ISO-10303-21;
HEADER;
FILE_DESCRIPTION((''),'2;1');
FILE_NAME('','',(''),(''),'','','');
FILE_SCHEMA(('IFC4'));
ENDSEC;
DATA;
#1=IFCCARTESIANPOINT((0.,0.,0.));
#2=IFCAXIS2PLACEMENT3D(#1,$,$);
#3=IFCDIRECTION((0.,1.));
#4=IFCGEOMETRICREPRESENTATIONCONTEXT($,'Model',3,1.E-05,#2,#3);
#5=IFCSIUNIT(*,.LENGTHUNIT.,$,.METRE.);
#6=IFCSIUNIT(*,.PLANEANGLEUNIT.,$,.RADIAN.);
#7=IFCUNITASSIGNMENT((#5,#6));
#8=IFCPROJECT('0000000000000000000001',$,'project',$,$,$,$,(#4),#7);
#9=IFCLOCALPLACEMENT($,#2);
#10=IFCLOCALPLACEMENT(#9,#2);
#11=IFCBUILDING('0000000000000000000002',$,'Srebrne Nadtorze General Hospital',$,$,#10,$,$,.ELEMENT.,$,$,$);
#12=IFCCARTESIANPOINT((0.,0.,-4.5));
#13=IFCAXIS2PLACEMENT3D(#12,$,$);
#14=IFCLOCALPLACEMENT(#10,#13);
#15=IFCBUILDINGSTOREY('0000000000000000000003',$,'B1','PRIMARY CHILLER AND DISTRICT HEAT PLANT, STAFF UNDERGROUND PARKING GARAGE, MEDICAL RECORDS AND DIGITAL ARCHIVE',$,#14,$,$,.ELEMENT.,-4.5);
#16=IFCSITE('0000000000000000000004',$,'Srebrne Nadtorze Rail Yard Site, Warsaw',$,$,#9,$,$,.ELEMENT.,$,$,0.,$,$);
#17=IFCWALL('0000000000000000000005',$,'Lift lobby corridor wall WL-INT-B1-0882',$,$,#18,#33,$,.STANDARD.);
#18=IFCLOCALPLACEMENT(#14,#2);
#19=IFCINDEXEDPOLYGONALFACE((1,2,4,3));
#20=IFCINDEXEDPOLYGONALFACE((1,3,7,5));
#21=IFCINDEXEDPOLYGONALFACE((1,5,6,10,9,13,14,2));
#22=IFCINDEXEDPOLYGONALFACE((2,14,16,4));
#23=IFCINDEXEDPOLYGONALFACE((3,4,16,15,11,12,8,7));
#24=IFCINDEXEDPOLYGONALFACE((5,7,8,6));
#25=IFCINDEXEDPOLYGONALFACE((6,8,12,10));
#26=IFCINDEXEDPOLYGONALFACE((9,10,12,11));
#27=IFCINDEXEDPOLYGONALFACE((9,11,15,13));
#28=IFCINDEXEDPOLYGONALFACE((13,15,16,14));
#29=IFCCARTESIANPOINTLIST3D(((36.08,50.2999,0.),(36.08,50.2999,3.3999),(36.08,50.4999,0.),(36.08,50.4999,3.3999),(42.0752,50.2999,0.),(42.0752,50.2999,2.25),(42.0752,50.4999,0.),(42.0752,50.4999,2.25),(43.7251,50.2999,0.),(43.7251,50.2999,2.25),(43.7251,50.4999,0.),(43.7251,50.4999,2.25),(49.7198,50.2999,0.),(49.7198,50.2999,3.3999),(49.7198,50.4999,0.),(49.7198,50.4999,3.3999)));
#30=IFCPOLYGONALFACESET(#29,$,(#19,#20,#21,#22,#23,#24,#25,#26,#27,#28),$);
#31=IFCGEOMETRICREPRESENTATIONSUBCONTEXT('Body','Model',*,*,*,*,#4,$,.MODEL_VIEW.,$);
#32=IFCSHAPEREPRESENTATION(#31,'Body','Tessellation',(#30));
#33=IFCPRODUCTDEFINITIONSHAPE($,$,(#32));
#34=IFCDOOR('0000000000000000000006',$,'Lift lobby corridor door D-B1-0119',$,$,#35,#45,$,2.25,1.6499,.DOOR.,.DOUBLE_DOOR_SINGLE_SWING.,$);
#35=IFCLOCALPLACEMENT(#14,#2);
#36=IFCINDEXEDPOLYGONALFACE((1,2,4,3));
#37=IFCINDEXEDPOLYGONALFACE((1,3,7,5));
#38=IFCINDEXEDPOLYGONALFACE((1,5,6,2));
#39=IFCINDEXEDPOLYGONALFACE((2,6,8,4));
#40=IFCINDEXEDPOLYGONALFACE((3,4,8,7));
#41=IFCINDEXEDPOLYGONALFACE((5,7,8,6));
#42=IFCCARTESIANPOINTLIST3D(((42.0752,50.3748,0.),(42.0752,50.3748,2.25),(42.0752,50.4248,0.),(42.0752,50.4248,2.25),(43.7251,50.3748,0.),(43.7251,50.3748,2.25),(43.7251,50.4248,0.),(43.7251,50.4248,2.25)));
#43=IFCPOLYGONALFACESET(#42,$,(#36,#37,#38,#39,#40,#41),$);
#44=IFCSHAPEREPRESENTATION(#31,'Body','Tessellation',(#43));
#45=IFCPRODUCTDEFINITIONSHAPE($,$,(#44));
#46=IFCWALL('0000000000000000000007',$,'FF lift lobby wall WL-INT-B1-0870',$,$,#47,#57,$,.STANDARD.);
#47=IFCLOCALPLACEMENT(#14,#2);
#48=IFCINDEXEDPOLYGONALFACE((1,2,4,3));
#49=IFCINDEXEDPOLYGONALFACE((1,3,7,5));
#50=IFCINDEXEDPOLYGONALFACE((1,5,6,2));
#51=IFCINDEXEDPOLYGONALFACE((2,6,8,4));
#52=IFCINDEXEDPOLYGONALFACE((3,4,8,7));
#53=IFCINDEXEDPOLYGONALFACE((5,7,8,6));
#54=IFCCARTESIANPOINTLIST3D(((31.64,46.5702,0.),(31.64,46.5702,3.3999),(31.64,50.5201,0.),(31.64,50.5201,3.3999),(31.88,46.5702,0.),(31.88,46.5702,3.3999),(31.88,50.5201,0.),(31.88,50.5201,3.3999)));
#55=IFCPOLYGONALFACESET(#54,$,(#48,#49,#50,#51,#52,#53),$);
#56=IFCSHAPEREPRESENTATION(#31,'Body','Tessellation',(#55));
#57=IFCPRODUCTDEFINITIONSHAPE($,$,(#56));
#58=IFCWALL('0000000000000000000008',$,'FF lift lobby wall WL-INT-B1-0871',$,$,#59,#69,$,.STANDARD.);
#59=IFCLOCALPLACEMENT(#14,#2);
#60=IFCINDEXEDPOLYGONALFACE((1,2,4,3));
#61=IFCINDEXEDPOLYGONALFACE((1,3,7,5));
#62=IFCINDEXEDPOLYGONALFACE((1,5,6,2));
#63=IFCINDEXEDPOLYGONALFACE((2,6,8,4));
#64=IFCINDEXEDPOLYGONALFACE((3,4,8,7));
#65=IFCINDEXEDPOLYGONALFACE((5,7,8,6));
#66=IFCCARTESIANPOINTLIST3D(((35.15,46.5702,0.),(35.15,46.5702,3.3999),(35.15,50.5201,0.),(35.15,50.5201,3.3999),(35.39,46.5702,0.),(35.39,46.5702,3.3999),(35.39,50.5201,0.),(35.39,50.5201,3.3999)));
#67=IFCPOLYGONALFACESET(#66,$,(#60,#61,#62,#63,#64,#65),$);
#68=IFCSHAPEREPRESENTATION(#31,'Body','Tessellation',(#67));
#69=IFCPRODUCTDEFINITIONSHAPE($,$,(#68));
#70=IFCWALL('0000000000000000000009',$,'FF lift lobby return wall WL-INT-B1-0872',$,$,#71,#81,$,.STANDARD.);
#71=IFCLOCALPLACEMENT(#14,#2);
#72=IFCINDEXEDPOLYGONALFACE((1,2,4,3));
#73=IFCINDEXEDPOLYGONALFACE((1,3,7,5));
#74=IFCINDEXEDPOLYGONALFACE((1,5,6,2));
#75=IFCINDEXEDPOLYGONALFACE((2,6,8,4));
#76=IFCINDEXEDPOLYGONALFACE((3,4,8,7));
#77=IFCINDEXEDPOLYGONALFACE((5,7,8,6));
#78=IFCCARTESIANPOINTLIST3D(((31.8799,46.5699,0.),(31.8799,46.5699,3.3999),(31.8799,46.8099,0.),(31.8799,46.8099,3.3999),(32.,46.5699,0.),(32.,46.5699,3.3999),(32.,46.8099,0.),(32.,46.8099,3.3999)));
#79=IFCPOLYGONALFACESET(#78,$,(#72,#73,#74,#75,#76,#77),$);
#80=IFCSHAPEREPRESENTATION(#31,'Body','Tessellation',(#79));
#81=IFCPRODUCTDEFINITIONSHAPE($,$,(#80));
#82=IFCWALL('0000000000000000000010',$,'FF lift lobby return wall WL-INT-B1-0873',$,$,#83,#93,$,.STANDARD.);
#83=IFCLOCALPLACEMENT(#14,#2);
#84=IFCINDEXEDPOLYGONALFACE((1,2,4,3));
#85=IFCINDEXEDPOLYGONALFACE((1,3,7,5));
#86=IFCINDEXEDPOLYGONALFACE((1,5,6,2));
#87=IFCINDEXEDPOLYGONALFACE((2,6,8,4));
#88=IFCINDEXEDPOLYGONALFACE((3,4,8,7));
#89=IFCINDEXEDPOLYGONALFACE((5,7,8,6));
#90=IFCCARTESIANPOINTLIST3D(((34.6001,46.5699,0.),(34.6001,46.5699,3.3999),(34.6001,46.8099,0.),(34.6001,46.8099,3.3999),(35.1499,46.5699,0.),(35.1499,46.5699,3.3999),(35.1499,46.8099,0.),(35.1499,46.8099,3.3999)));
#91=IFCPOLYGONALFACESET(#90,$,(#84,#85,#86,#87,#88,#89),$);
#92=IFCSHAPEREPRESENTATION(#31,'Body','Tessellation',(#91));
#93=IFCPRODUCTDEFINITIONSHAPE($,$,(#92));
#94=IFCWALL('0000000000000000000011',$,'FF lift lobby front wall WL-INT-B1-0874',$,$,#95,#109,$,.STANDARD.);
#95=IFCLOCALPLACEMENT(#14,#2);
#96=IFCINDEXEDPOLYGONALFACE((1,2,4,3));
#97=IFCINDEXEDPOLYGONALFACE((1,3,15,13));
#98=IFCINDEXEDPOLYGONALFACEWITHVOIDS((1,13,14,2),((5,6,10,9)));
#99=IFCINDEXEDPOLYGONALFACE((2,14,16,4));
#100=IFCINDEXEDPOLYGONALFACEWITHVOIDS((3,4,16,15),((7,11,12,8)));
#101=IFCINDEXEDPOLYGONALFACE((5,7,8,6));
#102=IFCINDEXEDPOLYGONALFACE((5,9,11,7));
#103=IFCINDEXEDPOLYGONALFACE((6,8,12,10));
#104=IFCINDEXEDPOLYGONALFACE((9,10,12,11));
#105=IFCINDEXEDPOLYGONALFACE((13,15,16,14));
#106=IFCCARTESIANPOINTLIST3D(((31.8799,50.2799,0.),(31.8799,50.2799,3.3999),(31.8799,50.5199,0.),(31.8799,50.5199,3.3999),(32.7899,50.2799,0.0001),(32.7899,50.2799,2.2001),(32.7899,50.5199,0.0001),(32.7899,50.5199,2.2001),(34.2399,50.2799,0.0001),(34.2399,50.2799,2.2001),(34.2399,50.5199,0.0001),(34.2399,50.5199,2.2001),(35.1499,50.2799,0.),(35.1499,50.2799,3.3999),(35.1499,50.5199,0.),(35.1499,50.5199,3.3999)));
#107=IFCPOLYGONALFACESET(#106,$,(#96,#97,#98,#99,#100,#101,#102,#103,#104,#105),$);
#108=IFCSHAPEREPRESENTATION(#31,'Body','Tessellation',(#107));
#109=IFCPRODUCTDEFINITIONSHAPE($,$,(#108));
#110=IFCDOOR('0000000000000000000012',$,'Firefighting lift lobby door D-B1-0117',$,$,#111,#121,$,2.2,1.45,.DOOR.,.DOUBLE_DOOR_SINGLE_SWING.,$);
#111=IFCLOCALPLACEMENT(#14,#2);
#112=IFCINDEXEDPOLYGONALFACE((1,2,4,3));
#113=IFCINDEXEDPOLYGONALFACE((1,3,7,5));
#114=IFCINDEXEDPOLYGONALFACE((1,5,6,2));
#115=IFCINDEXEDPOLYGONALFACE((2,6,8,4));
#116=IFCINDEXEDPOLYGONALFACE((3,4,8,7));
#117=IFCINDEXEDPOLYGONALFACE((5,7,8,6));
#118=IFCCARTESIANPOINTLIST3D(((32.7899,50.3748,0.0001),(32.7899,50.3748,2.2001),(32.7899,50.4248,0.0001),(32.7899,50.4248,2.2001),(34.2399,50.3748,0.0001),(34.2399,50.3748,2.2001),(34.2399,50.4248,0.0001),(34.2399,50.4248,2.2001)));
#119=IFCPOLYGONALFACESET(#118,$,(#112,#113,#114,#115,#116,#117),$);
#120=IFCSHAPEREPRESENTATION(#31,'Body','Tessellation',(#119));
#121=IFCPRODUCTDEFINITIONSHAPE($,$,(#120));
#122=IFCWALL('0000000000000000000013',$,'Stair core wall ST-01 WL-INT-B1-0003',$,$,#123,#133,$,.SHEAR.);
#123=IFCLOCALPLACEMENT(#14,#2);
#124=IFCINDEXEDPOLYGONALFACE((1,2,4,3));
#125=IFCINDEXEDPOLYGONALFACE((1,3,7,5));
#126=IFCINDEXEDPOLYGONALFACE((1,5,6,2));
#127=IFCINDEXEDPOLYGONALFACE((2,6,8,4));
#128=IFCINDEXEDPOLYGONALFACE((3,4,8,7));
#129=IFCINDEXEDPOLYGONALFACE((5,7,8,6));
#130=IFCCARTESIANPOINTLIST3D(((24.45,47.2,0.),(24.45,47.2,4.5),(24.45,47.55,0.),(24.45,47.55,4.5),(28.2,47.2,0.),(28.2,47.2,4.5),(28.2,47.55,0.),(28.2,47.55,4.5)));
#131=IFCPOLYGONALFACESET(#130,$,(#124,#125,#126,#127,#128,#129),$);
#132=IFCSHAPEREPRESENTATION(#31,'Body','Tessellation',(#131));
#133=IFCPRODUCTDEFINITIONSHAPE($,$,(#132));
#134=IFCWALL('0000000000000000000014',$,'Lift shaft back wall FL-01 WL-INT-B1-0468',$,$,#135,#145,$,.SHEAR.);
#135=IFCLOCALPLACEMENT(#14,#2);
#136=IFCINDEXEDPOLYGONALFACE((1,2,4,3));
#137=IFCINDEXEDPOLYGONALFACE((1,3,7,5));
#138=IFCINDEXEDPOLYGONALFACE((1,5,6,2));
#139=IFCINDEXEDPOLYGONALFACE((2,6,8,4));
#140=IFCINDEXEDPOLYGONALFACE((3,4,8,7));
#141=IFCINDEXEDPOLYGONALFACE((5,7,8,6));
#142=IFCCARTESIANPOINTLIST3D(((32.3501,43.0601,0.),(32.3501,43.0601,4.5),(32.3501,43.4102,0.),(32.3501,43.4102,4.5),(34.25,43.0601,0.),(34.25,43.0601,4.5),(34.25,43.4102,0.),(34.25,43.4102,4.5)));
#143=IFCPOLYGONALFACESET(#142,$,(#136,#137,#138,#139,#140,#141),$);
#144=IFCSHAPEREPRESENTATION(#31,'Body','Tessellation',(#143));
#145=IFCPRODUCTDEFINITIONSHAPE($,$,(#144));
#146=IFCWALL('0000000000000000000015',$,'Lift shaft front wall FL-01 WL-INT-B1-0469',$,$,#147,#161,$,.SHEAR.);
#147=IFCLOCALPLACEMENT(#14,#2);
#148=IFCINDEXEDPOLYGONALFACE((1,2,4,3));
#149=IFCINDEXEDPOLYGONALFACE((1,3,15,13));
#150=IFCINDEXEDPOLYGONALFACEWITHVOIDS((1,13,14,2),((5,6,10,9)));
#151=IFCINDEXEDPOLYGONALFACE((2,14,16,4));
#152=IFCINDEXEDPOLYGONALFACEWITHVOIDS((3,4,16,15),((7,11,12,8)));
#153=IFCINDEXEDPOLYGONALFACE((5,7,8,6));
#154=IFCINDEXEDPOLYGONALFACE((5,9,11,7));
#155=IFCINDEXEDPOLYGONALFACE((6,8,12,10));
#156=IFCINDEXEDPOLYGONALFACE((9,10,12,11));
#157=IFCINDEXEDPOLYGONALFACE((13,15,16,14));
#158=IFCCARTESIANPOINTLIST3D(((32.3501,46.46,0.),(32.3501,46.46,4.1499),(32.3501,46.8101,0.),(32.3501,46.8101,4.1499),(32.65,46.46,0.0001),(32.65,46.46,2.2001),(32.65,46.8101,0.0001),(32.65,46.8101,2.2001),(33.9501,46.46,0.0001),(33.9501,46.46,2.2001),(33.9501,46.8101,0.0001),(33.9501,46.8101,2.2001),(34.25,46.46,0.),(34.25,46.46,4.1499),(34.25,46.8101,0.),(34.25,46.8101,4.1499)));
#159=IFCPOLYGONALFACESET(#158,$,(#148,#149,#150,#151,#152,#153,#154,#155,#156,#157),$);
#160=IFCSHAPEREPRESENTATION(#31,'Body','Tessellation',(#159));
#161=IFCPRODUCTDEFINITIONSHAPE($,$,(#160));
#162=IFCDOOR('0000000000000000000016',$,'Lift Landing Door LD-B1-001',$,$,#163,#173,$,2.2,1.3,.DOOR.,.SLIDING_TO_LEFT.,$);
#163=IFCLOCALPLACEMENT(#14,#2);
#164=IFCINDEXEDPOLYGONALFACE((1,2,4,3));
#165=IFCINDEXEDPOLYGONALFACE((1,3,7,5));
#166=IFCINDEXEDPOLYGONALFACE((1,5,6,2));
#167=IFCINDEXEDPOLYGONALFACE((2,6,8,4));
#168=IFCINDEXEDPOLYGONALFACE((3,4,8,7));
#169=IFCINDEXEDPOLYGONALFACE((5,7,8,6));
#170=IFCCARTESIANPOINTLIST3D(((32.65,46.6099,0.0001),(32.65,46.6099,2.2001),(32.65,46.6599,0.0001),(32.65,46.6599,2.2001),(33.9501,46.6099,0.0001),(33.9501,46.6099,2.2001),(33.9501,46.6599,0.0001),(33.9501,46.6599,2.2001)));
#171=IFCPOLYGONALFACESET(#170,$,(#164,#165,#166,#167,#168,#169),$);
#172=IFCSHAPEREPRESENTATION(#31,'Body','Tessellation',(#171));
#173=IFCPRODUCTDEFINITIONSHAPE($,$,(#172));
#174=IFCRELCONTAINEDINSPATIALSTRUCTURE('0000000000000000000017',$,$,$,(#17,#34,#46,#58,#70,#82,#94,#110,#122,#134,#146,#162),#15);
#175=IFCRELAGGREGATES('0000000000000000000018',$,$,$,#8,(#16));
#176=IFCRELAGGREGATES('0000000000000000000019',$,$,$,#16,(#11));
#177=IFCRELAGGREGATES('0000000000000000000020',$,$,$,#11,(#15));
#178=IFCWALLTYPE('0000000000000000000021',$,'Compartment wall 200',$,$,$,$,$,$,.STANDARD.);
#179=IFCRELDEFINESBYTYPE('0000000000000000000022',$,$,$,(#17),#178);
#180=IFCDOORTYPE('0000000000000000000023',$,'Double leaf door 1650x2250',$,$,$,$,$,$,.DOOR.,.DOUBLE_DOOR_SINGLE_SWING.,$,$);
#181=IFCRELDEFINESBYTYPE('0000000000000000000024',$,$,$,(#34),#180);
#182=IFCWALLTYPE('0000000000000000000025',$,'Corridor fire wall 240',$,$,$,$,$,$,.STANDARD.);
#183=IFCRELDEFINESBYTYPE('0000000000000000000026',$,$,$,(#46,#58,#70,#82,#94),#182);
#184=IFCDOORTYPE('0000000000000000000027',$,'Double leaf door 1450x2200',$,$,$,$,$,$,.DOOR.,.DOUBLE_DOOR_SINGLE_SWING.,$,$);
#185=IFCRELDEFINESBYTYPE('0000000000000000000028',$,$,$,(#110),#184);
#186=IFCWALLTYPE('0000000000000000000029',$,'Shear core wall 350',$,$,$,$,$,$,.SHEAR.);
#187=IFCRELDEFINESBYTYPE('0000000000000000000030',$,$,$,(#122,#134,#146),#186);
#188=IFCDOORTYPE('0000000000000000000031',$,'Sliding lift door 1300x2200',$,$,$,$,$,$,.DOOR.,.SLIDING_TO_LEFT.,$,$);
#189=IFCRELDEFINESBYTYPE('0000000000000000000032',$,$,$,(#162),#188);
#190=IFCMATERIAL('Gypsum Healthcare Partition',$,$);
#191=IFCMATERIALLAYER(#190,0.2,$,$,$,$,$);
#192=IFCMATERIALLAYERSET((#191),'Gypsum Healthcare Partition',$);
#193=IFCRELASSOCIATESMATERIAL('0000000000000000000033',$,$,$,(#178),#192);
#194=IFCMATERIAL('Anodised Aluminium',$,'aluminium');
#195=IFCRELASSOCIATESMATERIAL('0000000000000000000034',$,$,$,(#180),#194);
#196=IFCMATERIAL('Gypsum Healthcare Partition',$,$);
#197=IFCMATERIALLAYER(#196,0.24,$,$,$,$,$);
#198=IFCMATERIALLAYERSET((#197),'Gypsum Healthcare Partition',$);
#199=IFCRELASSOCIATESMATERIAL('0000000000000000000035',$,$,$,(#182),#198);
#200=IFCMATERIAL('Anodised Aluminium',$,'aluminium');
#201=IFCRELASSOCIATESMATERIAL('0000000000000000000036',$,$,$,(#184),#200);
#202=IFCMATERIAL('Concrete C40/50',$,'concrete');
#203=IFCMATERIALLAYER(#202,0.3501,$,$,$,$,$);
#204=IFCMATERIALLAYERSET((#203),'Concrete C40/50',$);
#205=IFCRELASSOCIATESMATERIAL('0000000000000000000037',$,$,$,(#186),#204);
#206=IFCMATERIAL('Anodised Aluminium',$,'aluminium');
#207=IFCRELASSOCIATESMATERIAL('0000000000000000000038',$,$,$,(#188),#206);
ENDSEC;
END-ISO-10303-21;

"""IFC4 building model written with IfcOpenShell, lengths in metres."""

from ifc_helpers import new_model, si_unit, direction, frame, frame_2d, origin, place, context, subcontext, project, spatial, rectangle, extrude, material, layer, layer_set, type_object, element, fill, save


model = new_model("IFC4")

# Units and contexts
model_context = context("Model", 3, precision=1e-05, world=origin(), true_north=direction((0.0, 1.0)))
body_context = subcontext(model_context, "Body", "Model", "MODEL_VIEW")
ifc_project = project(units=[si_unit("LENGTHUNIT", "METRE"), si_unit("PLANEANGLEUNIT", "RADIAN")], contexts=[model_context])

# Site, building, storey
site_placement = place(None, origin())
site = spatial("IfcSite", under=ifc_project, at=site_placement, Name="Srebrne Nadtorze Rail Yard Site, Warsaw", CompositionType="ELEMENT", RefElevation=0.0)
building_placement = place(site_placement, origin())
building = spatial("IfcBuilding", under=site, at=building_placement, Name="Srebrne Nadtorze General Hospital", CompositionType="ELEMENT")
storey_placement = place(building_placement, frame((0.0, 0.0, -4.5)))
storey = spatial("IfcBuildingStorey", under=building, at=storey_placement, Name="B1", Description="PRIMARY CHILLER AND DISTRICT HEAT PLANT, STAFF UNDERGROUND PARKING GARAGE, MEDICAL RECORDS AND DIGITAL ARCHIVE", CompositionType="ELEMENT", Elevation=-4.5)

# Shared definitions
ifc_material_1 = material(Name="Gypsum Healthcare Partition")
ifc_layer_1 = layer(ifc_material_1, 0.2)
ifc_layer_set_1 = layer_set([ifc_layer_1], Name="Gypsum Healthcare Partition")
wall_type_1 = type_object("IfcWallType", Name="Compartment wall 200", PredefinedType="STANDARD", material=ifc_layer_set_1)

# Wall, opening, door
wall_1_placement = place(storey_placement, frame((36.0801, 50.3999, 0.0), z_axis=(0.0, 0.0, 1.0), x_axis=(1.0, 0.0, 0.0)))
wall_1 = element("IfcWall", 1, at=wall_1_placement, inside=storey, type_object=wall_type_1, Name="Lift lobby corridor wall WL-INT-B1-0882", PredefinedType="STANDARD", context=body_context, shape_type="SweptSolid", body=[
    extrude(rectangle(XDim=13.6399, YDim=0.2, at=frame_2d((6.8198, 0.0))), origin(), (0.0, 0.0, 1.0), 3.3999),
])
opening_1_placement = place(wall_1_placement, frame((5.9951, 0.0, 0.0)))
opening_1 = element("IfcOpeningElement", 2, at=opening_1_placement, cuts=wall_1, PredefinedType="OPENING", context=body_context, shape_type="SweptSolid", body=[
    extrude(rectangle(XDim=1.6499, YDim=2.25, at=frame_2d((0.825, 1.125))), frame((0.0, 0.1118, 0.0), z_axis=(0.0, -1.0, 0.0), x_axis=(1.0, 0.0, 0.0)), (0.0, 0.0, 1.0), 0.2239),
])
ifc_material_2 = material(Name="Anodised Aluminium", Category="aluminium")
door_type_1 = type_object("IfcDoorType", Name="Double leaf door 1650x2250", OperationType="DOUBLE_DOOR_SINGLE_SWING", PredefinedType="DOOR", material=ifc_material_2)
door_1_placement = place(opening_1_placement, origin())
door_1 = element("IfcDoor", 3, at=door_1_placement, inside=storey, type_object=door_type_1, Name="Lift lobby corridor door D-B1-0119", OperationType="DOUBLE_DOOR_SINGLE_SWING", OverallHeight=2.25, OverallWidth=1.6499, PredefinedType="DOOR", context=body_context, shape_type="SweptSolid", body=[
    extrude(rectangle(XDim=1.6499, YDim=2.25, at=frame_2d((0.825, 1.125))), frame((0.0, 0.0249, 0.0), z_axis=(0.0, -1.0, 0.0), x_axis=(1.0, 0.0, 0.0)), (0.0, 0.0, 1.0), 0.05),
])
fill(opening_1, door_1)

# Walls
ifc_material_3 = material(Name="Gypsum Healthcare Partition")
ifc_layer_2 = layer(ifc_material_3, 0.24)
ifc_layer_set_2 = layer_set([ifc_layer_2], Name="Gypsum Healthcare Partition")
wall_type_2 = type_object("IfcWallType", Name="Corridor fire wall 240", PredefinedType="STANDARD", material=ifc_layer_set_2)
for number, where, z_axis, x_axis, name in (
    (4, (31.76, 46.5701, 0.0), (0.0, 0.0, 1.0), (0.0, 1.0, 0.0), "FF lift lobby wall WL-INT-B1-0870"),
    (5, (35.27, 46.5701, 0.0), (0.0, 0.0, 1.0), (0.0, 1.0, 0.0), "FF lift lobby wall WL-INT-B1-0871"),
):
    element("IfcWall", number, at=place(storey_placement, frame(where, z_axis=z_axis, x_axis=x_axis)), inside=storey, type_object=wall_type_2, Name=name, PredefinedType="STANDARD", context=body_context, shape_type="SweptSolid", body=[
        extrude(rectangle(XDim=3.95, YDim=0.24, at=frame_2d((1.9751, 0.0))), origin(), (0.0, 0.0, 1.0), 3.3999),
    ])
wall_2_placement = place(storey_placement, frame((31.8799, 46.6899, 0.0), z_axis=(0.0, 0.0, 1.0), x_axis=(1.0, 0.0, 0.0)))
element("IfcWall", 6, at=wall_2_placement, inside=storey, type_object=wall_type_2, Name="FF lift lobby return wall WL-INT-B1-0872", PredefinedType="STANDARD", context=body_context, shape_type="SweptSolid", body=[
    extrude(rectangle(XDim=0.1201, YDim=0.24, at=frame_2d((0.0601, 0.0))), origin(), (0.0, 0.0, 1.0), 3.3999),
])
wall_3_placement = place(storey_placement, frame((34.6001, 46.6899, 0.0), z_axis=(0.0, 0.0, 1.0), x_axis=(1.0, 0.0, 0.0)))
element("IfcWall", 7, at=wall_3_placement, inside=storey, type_object=wall_type_2, Name="FF lift lobby return wall WL-INT-B1-0873", PredefinedType="STANDARD", context=body_context, shape_type="SweptSolid", body=[
    extrude(rectangle(XDim=0.5498, YDim=0.24, at=frame_2d((0.2749, 0.0))), origin(), (0.0, 0.0, 1.0), 3.3999),
])

# Wall, opening, door
wall_4_placement = place(storey_placement, frame((31.8799, 50.3999, 0.0), z_axis=(0.0, 0.0, 1.0), x_axis=(1.0, 0.0, 0.0)))
wall_4 = element("IfcWall", 8, at=wall_4_placement, inside=storey, type_object=wall_type_2, Name="FF lift lobby front wall WL-INT-B1-0874", PredefinedType="STANDARD", context=body_context, shape_type="SweptSolid", body=[
    extrude(rectangle(XDim=3.27, YDim=0.24, at=frame_2d((1.635, 0.0))), origin(), (0.0, 0.0, 1.0), 3.3999),
])
opening_2_placement = place(wall_4_placement, frame((0.9099, 0.0, 0.0)))
opening_2 = element("IfcOpeningElement", 9, at=opening_2_placement, cuts=wall_4, PredefinedType="OPENING", context=body_context, shape_type="SweptSolid", body=[
    extrude(rectangle(XDim=1.45, YDim=2.2, at=frame_2d((0.7251, 1.1001))), frame((0.0, 0.1318, 0.0), z_axis=(0.0, -1.0, 0.0), x_axis=(1.0, 0.0, 0.0)), (0.0, 0.0, 1.0), 0.2639),
])
ifc_material_4 = material(Name="Anodised Aluminium", Category="aluminium")
door_type_2 = type_object("IfcDoorType", Name="Double leaf door 1450x2200", OperationType="DOUBLE_DOOR_SINGLE_SWING", PredefinedType="DOOR", material=ifc_material_4)
door_2_placement = place(opening_2_placement, origin())
door_2 = element("IfcDoor", 10, at=door_2_placement, inside=storey, type_object=door_type_2, Name="Firefighting lift lobby door D-B1-0117", OperationType="DOUBLE_DOOR_SINGLE_SWING", OverallHeight=2.2, OverallWidth=1.45, PredefinedType="DOOR", context=body_context, shape_type="SweptSolid", body=[
    extrude(rectangle(XDim=1.45, YDim=2.2, at=frame_2d((0.7251, 1.1001))), frame((0.0, 0.0249, 0.0), z_axis=(0.0, -1.0, 0.0), x_axis=(1.0, 0.0, 0.0)), (0.0, 0.0, 1.0), 0.05),
])
fill(opening_2, door_2)

# Walls
ifc_material_5 = material(Name="Concrete C40/50", Category="concrete")
ifc_layer_3 = layer(ifc_material_5, 0.3501)
ifc_layer_set_3 = layer_set([ifc_layer_3], Name="Concrete C40/50")
wall_type_3 = type_object("IfcWallType", Name="Shear core wall 350", PredefinedType="SHEAR", material=ifc_layer_set_3)
wall_5_placement = place(storey_placement, frame((24.45, 47.375, 0.0), z_axis=(0.0, 0.0, 1.0), x_axis=(1.0, 0.0, 0.0)))
element("IfcWall", 11, at=wall_5_placement, inside=storey, type_object=wall_type_3, Name="Stair core wall ST-01 WL-INT-B1-0003", PredefinedType="SHEAR", context=body_context, shape_type="SweptSolid", body=[
    extrude(rectangle(XDim=3.75, YDim=0.3501, at=frame_2d((1.875, 0.0))), origin(), (0.0, 0.0, 1.0), 4.5),
])
wall_6_placement = place(storey_placement, frame((32.3501, 43.2351, 0.0), z_axis=(0.0, 0.0, 1.0), x_axis=(1.0, 0.0, 0.0)))
element("IfcWall", 12, at=wall_6_placement, inside=storey, type_object=wall_type_3, Name="Lift shaft back wall FL-01 WL-INT-B1-0468", PredefinedType="SHEAR", context=body_context, shape_type="SweptSolid", body=[
    extrude(rectangle(XDim=1.8999, YDim=0.3501, at=frame_2d((0.95, 0.0))), origin(), (0.0, 0.0, 1.0), 4.5),
])

# Wall, opening, door
wall_7_placement = place(storey_placement, frame((32.3501, 46.635, 0.0), z_axis=(0.0, 0.0, 1.0), x_axis=(1.0, 0.0, 0.0)))
wall_7 = element("IfcWall", 13, at=wall_7_placement, inside=storey, type_object=wall_type_3, Name="Lift shaft front wall FL-01 WL-INT-B1-0469", PredefinedType="SHEAR", context=body_context, shape_type="SweptSolid", body=[
    extrude(rectangle(XDim=1.8999, YDim=0.3501, at=frame_2d((0.95, 0.0))), origin(), (0.0, 0.0, 1.0), 4.1499),
])
opening_3_placement = place(wall_7_placement, frame((0.3, 0.0, 0.0)))
opening_3 = element("IfcOpeningElement", 14, at=opening_3_placement, cuts=wall_7, PredefinedType="OPENING", context=body_context, shape_type="SweptSolid", body=[
    extrude(rectangle(XDim=1.3, YDim=2.2, at=frame_2d((0.6499, 1.1001))), frame((0.0, 0.187, 0.0), z_axis=(0.0, -1.0, 0.0), x_axis=(1.0, 0.0, 0.0)), (0.0, 0.0, 1.0), 0.374),
])
ifc_material_6 = material(Name="Anodised Aluminium", Category="aluminium")
door_type_3 = type_object("IfcDoorType", Name="Sliding lift door 1300x2200", OperationType="SLIDING_TO_LEFT", PredefinedType="DOOR", material=ifc_material_6)
door_3_placement = place(opening_3_placement, origin())
door_3 = element("IfcDoor", 15, at=door_3_placement, inside=storey, type_object=door_type_3, Name="Lift Landing Door LD-B1-001", OperationType="SLIDING_TO_LEFT", OverallHeight=2.2, OverallWidth=1.3, PredefinedType="DOOR", context=body_context, shape_type="SweptSolid", body=[
    extrude(rectangle(XDim=1.3, YDim=2.2, at=frame_2d((0.6499, 1.1001))), frame((0.0, 0.0249, 0.0), z_axis=(0.0, -1.0, 0.0), x_axis=(1.0, 0.0, 0.0)), (0.0, 0.0, 1.0), 0.05),
])
fill(opening_3, door_3)

save(model, "model.ifc")
